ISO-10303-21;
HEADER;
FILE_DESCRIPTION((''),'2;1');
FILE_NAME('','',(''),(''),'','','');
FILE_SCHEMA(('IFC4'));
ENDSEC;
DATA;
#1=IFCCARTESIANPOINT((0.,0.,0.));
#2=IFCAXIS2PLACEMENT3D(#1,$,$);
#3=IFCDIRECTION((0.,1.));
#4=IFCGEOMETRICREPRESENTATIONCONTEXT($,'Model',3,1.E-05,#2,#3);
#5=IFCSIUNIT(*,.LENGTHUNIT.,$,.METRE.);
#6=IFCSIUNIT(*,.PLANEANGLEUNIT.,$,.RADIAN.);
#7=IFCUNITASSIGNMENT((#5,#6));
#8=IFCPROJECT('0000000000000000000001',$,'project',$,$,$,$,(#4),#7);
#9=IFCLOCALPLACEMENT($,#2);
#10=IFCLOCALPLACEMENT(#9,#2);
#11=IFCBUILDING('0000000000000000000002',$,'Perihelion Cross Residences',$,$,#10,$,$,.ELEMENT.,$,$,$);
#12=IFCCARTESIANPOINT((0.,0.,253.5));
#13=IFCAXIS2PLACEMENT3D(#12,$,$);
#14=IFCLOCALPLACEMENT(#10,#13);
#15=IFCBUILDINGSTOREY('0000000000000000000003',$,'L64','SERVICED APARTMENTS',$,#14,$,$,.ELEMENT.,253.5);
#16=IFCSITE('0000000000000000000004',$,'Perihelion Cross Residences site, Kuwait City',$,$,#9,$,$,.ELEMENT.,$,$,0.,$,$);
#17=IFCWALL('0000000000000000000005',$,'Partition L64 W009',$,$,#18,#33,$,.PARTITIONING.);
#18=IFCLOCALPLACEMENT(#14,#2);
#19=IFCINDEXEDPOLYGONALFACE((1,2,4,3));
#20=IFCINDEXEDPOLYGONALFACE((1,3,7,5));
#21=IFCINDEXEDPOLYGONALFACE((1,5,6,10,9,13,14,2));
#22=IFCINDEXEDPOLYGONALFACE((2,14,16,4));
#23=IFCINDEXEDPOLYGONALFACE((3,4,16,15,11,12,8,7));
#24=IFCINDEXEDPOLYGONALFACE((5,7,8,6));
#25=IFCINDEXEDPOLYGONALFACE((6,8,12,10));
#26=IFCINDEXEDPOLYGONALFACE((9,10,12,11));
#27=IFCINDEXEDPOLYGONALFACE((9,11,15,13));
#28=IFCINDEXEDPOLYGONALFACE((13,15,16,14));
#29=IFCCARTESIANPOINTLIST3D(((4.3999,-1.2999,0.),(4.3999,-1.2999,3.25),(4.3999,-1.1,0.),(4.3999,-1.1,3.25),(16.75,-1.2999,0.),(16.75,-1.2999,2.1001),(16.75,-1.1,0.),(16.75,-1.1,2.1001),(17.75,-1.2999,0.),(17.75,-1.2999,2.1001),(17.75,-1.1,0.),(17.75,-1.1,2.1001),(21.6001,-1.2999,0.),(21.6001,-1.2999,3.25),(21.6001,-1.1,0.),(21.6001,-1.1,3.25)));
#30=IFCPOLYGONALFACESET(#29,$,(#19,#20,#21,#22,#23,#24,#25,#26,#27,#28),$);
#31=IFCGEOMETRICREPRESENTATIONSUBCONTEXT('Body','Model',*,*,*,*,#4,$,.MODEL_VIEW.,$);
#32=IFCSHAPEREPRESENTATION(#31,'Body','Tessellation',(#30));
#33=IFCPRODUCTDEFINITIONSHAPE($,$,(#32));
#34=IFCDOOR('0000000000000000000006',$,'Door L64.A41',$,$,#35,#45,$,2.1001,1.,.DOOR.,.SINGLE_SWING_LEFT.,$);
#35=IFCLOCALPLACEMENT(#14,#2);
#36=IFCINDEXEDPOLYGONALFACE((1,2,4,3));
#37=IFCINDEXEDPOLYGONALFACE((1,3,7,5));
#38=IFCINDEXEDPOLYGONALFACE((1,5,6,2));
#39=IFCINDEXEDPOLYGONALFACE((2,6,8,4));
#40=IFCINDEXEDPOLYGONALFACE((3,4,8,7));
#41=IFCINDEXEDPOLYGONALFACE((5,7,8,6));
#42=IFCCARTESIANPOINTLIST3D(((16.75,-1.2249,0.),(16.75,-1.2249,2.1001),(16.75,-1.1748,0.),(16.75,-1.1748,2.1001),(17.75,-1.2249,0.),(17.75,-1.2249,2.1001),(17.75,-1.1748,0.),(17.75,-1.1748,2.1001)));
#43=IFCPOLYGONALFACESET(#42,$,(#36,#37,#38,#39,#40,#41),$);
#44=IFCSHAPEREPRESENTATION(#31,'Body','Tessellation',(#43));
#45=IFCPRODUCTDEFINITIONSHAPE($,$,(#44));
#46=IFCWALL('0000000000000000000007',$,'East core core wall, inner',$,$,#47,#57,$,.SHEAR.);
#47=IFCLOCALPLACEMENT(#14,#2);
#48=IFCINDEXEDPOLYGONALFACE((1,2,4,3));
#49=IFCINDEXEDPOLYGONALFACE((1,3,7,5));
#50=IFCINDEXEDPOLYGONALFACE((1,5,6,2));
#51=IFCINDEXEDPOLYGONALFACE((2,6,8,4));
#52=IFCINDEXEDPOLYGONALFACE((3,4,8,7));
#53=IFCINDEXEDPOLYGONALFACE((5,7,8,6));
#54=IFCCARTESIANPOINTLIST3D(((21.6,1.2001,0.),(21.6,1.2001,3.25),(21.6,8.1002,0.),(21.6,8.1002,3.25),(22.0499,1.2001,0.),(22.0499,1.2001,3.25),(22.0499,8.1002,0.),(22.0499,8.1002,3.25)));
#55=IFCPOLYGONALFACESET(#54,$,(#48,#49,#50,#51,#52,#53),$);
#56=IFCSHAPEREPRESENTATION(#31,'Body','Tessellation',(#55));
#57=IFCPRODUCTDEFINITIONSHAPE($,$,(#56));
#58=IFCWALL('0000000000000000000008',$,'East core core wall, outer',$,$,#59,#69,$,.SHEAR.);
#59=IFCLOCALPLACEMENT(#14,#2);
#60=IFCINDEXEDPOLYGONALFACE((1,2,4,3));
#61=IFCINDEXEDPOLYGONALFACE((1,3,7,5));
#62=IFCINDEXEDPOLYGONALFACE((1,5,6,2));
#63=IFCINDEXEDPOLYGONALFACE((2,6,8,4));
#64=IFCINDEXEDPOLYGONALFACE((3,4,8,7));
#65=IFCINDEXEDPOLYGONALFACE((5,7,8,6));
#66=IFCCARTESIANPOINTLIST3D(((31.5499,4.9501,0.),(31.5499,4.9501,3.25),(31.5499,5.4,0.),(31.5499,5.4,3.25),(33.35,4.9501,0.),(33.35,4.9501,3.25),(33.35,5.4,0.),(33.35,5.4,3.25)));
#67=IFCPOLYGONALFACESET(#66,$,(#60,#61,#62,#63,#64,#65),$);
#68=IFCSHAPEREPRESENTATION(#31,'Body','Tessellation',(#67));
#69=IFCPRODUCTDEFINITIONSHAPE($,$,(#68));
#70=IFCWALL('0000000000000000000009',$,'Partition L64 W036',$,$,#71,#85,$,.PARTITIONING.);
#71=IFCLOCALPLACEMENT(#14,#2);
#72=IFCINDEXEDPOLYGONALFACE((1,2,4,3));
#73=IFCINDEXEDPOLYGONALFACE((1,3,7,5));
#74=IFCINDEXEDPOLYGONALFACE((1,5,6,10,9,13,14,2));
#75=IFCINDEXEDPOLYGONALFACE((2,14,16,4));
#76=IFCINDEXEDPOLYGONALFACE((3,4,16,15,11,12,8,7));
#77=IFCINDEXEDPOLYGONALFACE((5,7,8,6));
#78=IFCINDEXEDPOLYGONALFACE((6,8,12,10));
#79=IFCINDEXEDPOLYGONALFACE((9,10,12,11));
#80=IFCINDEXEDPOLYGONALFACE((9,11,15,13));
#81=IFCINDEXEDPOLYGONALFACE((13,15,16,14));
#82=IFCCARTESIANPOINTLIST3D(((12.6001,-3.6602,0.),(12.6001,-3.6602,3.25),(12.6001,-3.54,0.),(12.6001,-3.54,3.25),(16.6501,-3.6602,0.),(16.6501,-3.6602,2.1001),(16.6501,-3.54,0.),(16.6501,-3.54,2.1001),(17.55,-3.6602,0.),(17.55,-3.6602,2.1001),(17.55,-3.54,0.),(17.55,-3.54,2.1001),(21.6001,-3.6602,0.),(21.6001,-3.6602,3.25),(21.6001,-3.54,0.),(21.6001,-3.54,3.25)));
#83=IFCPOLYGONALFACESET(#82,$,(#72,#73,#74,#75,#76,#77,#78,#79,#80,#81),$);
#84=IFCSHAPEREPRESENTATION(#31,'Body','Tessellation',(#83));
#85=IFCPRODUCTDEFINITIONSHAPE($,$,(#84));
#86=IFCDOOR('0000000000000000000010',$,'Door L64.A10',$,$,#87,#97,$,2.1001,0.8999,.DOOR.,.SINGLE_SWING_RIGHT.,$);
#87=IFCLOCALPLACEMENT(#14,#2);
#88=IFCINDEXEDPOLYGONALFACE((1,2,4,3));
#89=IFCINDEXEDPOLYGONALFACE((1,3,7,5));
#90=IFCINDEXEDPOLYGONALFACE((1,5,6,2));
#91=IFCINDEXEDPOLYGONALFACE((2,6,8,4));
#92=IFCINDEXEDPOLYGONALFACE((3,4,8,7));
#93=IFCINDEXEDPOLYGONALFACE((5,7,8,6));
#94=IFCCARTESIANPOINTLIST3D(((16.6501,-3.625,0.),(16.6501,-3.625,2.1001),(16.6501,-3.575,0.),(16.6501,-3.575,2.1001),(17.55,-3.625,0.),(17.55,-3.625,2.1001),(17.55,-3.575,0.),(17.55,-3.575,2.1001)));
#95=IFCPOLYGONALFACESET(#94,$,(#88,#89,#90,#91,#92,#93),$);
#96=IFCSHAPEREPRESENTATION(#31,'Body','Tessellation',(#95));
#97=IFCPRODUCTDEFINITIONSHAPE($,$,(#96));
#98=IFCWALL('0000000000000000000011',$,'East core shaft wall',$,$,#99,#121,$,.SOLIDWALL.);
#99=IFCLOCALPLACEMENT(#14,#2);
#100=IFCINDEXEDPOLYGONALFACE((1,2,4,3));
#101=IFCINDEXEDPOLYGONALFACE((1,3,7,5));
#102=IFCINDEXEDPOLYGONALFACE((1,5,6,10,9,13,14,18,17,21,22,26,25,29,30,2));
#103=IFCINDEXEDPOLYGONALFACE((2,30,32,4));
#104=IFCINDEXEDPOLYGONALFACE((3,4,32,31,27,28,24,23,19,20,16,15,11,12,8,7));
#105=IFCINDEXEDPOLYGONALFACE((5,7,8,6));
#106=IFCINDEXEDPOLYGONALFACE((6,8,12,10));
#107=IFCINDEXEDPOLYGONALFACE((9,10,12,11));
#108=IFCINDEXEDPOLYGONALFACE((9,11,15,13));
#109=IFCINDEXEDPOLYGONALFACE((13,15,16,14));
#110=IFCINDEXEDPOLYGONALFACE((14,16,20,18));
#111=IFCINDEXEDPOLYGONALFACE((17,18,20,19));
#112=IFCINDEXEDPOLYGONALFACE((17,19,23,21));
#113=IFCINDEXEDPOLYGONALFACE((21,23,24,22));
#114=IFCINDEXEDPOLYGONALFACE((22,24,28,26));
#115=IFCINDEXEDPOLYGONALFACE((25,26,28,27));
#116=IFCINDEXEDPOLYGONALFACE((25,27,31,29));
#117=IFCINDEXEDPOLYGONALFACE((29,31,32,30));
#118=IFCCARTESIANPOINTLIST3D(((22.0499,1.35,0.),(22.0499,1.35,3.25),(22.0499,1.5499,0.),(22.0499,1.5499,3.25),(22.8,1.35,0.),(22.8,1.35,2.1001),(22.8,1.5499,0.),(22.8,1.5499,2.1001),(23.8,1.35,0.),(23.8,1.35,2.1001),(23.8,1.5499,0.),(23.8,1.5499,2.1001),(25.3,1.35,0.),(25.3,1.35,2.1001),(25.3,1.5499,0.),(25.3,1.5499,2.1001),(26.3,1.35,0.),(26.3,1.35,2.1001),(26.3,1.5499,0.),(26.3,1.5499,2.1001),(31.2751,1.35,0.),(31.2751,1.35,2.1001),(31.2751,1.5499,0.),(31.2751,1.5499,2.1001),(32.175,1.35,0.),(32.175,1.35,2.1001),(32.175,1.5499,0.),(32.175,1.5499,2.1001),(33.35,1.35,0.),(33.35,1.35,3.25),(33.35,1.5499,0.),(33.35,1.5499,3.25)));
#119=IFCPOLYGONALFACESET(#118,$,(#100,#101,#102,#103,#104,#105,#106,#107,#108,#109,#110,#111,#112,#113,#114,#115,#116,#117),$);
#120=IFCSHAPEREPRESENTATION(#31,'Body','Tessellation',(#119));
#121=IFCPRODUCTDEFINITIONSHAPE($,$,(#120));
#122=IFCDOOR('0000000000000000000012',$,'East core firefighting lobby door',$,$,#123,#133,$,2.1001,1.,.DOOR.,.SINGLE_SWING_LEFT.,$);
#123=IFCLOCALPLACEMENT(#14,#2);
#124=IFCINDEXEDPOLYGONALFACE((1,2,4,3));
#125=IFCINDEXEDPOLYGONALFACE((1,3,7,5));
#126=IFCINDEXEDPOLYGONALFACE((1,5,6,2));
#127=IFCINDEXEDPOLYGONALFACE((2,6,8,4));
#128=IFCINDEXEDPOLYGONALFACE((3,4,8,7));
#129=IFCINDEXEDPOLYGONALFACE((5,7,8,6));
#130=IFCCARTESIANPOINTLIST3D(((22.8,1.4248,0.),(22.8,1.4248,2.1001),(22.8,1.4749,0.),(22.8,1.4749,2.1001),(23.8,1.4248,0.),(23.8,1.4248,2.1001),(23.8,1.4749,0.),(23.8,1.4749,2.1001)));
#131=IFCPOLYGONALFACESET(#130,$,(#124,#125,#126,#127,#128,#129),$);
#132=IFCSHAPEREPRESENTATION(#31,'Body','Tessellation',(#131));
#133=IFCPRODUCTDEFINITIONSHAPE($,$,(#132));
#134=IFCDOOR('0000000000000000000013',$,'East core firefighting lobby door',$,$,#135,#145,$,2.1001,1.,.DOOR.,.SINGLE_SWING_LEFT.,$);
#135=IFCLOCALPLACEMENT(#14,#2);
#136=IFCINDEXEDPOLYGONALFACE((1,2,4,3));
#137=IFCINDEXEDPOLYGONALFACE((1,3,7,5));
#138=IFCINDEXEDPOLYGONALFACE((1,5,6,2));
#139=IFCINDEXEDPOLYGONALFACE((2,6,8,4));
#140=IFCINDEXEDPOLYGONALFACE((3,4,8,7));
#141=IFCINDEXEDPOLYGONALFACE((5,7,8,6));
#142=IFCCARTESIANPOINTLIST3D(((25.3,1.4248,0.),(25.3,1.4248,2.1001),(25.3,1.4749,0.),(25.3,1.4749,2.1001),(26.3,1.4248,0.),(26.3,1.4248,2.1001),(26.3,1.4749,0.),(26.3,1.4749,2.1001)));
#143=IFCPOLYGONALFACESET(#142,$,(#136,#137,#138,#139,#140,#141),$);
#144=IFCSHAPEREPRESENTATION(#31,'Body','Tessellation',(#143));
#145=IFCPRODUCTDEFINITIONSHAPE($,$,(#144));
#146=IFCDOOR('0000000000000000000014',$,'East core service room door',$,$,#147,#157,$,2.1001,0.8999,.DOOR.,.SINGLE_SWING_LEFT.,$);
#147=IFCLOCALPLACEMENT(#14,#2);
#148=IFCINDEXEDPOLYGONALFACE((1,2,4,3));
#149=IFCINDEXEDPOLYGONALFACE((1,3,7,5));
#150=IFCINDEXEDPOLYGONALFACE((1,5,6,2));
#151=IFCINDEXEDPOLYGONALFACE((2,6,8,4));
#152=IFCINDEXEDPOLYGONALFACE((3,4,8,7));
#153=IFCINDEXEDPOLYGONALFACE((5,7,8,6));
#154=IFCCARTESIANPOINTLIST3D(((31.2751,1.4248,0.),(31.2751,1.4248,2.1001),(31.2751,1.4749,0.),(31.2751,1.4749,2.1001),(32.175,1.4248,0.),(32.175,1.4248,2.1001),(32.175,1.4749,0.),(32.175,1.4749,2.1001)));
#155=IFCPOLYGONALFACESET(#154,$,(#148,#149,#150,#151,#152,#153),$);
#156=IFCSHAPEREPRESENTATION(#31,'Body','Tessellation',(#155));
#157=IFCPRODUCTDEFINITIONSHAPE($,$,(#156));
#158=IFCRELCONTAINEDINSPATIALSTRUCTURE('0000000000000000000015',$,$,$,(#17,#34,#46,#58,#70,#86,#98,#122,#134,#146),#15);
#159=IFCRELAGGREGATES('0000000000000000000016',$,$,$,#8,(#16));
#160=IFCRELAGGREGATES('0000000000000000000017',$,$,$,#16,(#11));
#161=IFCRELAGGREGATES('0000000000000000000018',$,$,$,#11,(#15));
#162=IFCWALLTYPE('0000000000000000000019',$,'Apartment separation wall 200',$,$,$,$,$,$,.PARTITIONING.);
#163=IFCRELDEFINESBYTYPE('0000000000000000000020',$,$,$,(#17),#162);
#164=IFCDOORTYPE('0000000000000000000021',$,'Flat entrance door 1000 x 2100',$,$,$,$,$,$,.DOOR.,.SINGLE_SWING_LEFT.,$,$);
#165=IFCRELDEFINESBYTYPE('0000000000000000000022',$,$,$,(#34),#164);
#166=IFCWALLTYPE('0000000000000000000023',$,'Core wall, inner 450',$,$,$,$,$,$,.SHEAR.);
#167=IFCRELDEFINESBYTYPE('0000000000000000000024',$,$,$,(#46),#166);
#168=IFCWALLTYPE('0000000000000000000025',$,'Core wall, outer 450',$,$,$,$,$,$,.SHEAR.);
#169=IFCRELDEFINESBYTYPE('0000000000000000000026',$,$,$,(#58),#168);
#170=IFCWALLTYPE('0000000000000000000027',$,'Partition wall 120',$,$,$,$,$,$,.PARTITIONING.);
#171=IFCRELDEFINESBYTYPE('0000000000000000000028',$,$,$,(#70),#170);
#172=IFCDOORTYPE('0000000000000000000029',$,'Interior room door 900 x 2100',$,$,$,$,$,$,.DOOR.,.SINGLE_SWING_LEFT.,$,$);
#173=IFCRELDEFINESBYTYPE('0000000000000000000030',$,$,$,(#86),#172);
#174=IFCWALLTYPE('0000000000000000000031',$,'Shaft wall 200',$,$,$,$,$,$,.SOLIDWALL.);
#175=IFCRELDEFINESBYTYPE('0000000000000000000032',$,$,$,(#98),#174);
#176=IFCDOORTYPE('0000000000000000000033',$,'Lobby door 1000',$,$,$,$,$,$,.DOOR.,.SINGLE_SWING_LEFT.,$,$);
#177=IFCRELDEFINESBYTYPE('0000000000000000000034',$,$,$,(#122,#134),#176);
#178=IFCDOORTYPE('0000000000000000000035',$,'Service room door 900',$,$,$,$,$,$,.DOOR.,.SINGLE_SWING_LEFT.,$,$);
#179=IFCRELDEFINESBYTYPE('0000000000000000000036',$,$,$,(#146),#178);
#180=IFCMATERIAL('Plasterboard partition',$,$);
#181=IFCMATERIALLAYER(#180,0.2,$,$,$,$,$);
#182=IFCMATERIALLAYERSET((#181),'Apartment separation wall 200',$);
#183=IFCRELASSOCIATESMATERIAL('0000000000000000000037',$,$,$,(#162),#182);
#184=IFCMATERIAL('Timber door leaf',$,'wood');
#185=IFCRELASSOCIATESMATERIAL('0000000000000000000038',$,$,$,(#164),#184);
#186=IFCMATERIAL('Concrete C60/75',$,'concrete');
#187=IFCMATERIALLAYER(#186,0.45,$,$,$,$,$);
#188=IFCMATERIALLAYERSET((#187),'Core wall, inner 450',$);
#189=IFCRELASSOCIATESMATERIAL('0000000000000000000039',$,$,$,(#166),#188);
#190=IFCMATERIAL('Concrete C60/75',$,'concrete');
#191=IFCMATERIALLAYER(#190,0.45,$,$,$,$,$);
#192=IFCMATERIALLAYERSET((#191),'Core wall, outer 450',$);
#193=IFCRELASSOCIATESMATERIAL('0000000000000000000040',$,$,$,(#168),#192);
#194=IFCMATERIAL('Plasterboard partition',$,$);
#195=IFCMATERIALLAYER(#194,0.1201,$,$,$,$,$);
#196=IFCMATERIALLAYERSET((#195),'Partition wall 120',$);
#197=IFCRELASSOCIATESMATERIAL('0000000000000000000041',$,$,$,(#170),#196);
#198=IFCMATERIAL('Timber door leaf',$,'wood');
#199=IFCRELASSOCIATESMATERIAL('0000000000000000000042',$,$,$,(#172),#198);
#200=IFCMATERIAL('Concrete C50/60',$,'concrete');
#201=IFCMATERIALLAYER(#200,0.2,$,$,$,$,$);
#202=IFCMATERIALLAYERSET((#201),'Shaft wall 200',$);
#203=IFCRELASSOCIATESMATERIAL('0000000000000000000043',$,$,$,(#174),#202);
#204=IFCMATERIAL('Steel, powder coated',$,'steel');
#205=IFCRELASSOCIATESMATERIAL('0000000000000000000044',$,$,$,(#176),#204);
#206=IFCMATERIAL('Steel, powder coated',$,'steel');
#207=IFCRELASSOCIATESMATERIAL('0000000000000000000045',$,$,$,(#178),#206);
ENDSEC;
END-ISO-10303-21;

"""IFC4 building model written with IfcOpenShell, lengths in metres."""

from ifc_helpers import new_model, si_unit, direction, frame, frame_2d, origin, place, context, subcontext, project, spatial, rectangle, extrude, material, layer, layer_set, type_object, element, fill, save


model = new_model("IFC4")

# Units and contexts
model_context = context("Model", 3, precision=1e-05, world=origin(), true_north=direction((0.0, 1.0)))
body_context = subcontext(model_context, "Body", "Model", "MODEL_VIEW")
ifc_project = project(units=[si_unit("LENGTHUNIT", "METRE"), si_unit("PLANEANGLEUNIT", "RADIAN")], contexts=[model_context])

# Site, building, storey
site_placement = place(None, origin())
site = spatial("IfcSite", under=ifc_project, at=site_placement, Name="Perihelion Cross Residences site, Kuwait City", CompositionType="ELEMENT", RefElevation=0.0)
building_placement = place(site_placement, origin())
building = spatial("IfcBuilding", under=site, at=building_placement, Name="Perihelion Cross Residences", CompositionType="ELEMENT")
storey_placement = place(building_placement, frame((0.0, 0.0, 253.5)))
storey = spatial("IfcBuildingStorey", under=building, at=storey_placement, Name="L64", Description="SERVICED APARTMENTS", CompositionType="ELEMENT", Elevation=253.5)

# Wall, opening, door
ifc_material_1 = material(Name="Plasterboard partition")
ifc_layer_1 = layer(ifc_material_1, 0.2)
ifc_layer_set_1 = layer_set([ifc_layer_1], Name="Apartment separation wall 200")
wall_type_1 = type_object("IfcWallType", Name="Apartment separation wall 200", PredefinedType="PARTITIONING", material=ifc_layer_set_1)
wall_1_placement = place(storey_placement, frame((21.6001, -1.2, 0.0), z_axis=(0.0, 0.0, 1.0), x_axis=(-1.0, 0.0, 0.0)))
wall_1 = element("IfcWall", 1, at=wall_1_placement, inside=storey, type_object=wall_type_1, Name="Partition L64 W009", PredefinedType="PARTITIONING", context=body_context, shape_type="SweptSolid", body=[
    extrude(rectangle(XDim=17.2002, YDim=0.2, at=frame_2d((8.6001, 0.0))), origin(), (0.0, 0.0, 1.0), 3.25),
])
opening_1_placement = place(wall_1_placement, frame((3.8501, 0.0, 0.0)))
opening_1 = element("IfcOpeningElement", 2, at=opening_1_placement, cuts=wall_1, PredefinedType="OPENING", context=body_context, shape_type="SweptSolid", body=[
    extrude(rectangle(XDim=1.0, YDim=2.1001, at=frame_2d((0.5, 1.05))), frame((0.0, 0.1099, 0.0), z_axis=(0.0, -1.0, 0.0), x_axis=(1.0, 0.0, 0.0)), (0.0, 0.0, 1.0), 0.22),
])
ifc_material_2 = material(Name="Timber door leaf", Category="wood")
door_type_1 = type_object("IfcDoorType", Name="Flat entrance door 1000 x 2100", OperationType="SINGLE_SWING_LEFT", PredefinedType="DOOR", material=ifc_material_2)
door_1_placement = place(opening_1_placement, origin())
door_1 = element("IfcDoor", 3, at=door_1_placement, inside=storey, type_object=door_type_1, Name="Door L64.A41", OperationType="SINGLE_SWING_LEFT", OverallHeight=2.1001, OverallWidth=1.0, PredefinedType="DOOR", context=body_context, shape_type="SweptSolid", body=[
    extrude(rectangle(XDim=1.0, YDim=2.1001, at=frame_2d((0.5, 1.05))), frame((0.0, 0.0249, 0.0), z_axis=(0.0, -1.0, 0.0), x_axis=(1.0, 0.0, 0.0)), (0.0, 0.0, 1.0), 0.05),
])
fill(opening_1, door_1)

# Walls
ifc_material_3 = material(Name="Concrete C60/75", Category="concrete")
ifc_layer_2 = layer(ifc_material_3, 0.45)
ifc_layer_set_2 = layer_set([ifc_layer_2], Name="Core wall, inner 450")
wall_type_2 = type_object("IfcWallType", Name="Core wall, inner 450", PredefinedType="SHEAR", material=ifc_layer_set_2)
wall_2_placement = place(storey_placement, frame((21.825, 1.2, 0.0), z_axis=(0.0, 0.0, 1.0), x_axis=(0.0, 1.0, 0.0)))
element("IfcWall", 4, at=wall_2_placement, inside=storey, type_object=wall_type_2, Name="East core core wall, inner", PredefinedType="SHEAR", context=body_context, shape_type="SweptSolid", body=[
    extrude(rectangle(XDim=6.9001, YDim=0.45, at=frame_2d((3.4502, 0.0))), origin(), (0.0, 0.0, 1.0), 3.25),
])
ifc_material_4 = material(Name="Concrete C60/75", Category="concrete")
ifc_layer_3 = layer(ifc_material_4, 0.45)
ifc_layer_set_3 = layer_set([ifc_layer_3], Name="Core wall, outer 450")
wall_type_3 = type_object("IfcWallType", Name="Core wall, outer 450", PredefinedType="SHEAR", material=ifc_layer_set_3)
wall_3_placement = place(storey_placement, frame((31.55, 5.175, 0.0), z_axis=(0.0, 0.0, 1.0), x_axis=(1.0, 0.0, 0.0)))
element("IfcWall", 5, at=wall_3_placement, inside=storey, type_object=wall_type_3, Name="East core core wall, outer", PredefinedType="SHEAR", context=body_context, shape_type="SweptSolid", body=[
    extrude(rectangle(XDim=1.8, YDim=0.45, at=frame_2d((0.8999, 0.0))), origin(), (0.0, 0.0, 1.0), 3.25),
])

# Wall, opening, door
ifc_material_5 = material(Name="Plasterboard partition")
ifc_layer_4 = layer(ifc_material_5, 0.1201)
ifc_layer_set_4 = layer_set([ifc_layer_4], Name="Partition wall 120")
wall_type_4 = type_object("IfcWallType", Name="Partition wall 120", PredefinedType="PARTITIONING", material=ifc_layer_set_4)
wall_4_placement = place(storey_placement, frame((21.6001, -3.6001, 0.0), z_axis=(0.0, 0.0, 1.0), x_axis=(-1.0, 0.0, 0.0)))
wall_4 = element("IfcWall", 6, at=wall_4_placement, inside=storey, type_object=wall_type_4, Name="Partition L64 W036", PredefinedType="PARTITIONING", context=body_context, shape_type="SweptSolid", body=[
    extrude(rectangle(XDim=9.0, YDim=0.1201, at=frame_2d((4.5, 0.0))), origin(), (0.0, 0.0, 1.0), 3.25),
])
opening_2_placement = place(wall_4_placement, frame((4.05, 0.0, 0.0)))
opening_2 = element("IfcOpeningElement", 7, at=opening_2_placement, cuts=wall_4, PredefinedType="OPENING", context=body_context, shape_type="SweptSolid", body=[
    extrude(rectangle(XDim=0.8999, YDim=2.1001, at=frame_2d((0.45, 1.05))), frame((0.0, 0.0701, 0.0), z_axis=(0.0, -1.0, 0.0), x_axis=(1.0, 0.0, 0.0)), (0.0, 0.0, 1.0), 0.1401),
])
ifc_material_6 = material(Name="Timber door leaf", Category="wood")
door_type_2 = type_object("IfcDoorType", Name="Interior room door 900 x 2100", OperationType="SINGLE_SWING_LEFT", PredefinedType="DOOR", material=ifc_material_6)
door_2_placement = place(opening_2_placement, origin())
door_2 = element("IfcDoor", 8, at=door_2_placement, inside=storey, type_object=door_type_2, Name="Door L64.A10", OperationType="SINGLE_SWING_RIGHT", OverallHeight=2.1001, OverallWidth=0.8999, PredefinedType="DOOR", context=body_context, shape_type="SweptSolid", body=[
    extrude(rectangle(XDim=0.8999, YDim=2.1001, at=frame_2d((0.45, 1.05))), frame((0.0, 0.0249, 0.0), z_axis=(0.0, -1.0, 0.0), x_axis=(1.0, 0.0, 0.0)), (0.0, 0.0, 1.0), 0.05),
])
fill(opening_2, door_2)

# Wall, openings, doors
ifc_material_7 = material(Name="Concrete C50/60", Category="concrete")
ifc_layer_5 = layer(ifc_material_7, 0.2)
ifc_layer_set_5 = layer_set([ifc_layer_5], Name="Shaft wall 200")
wall_type_5 = type_object("IfcWallType", Name="Shaft wall 200", PredefinedType="SOLIDWALL", material=ifc_layer_set_5)
wall_5_placement = place(storey_placement, frame((22.05, 1.45, 0.0), z_axis=(0.0, 0.0, 1.0), x_axis=(1.0, 0.0, 0.0)))
wall_5 = element("IfcWall", 9, at=wall_5_placement, inside=storey, type_object=wall_type_5, Name="East core shaft wall", PredefinedType="SOLIDWALL", context=body_context, shape_type="SweptSolid", body=[
    extrude(rectangle(XDim=11.3, YDim=0.2, at=frame_2d((5.6499, 0.0))), origin(), (0.0, 0.0, 1.0), 3.25),
])
opening_3_placement = place(wall_5_placement, frame((0.75, 0.0, 0.0)))
opening_3 = element("IfcOpeningElement", 10, at=opening_3_placement, cuts=wall_5, PredefinedType="OPENING", context=body_context, shape_type="SweptSolid", body=[
    extrude(rectangle(XDim=1.0, YDim=2.1001, at=frame_2d((0.5, 1.05))), frame((0.0, 0.1099, 0.0), z_axis=(0.0, -1.0, 0.0), x_axis=(1.0, 0.0, 0.0)), (0.0, 0.0, 1.0), 0.22),
])
opening_4_placement = place(wall_5_placement, frame((3.25, 0.0, 0.0)))
opening_4 = element("IfcOpeningElement", 11, at=opening_4_placement, cuts=wall_5, PredefinedType="OPENING", context=body_context, shape_type="SweptSolid", body=[
    extrude(rectangle(XDim=1.0, YDim=2.1001, at=frame_2d((0.5, 1.05))), frame((0.0, 0.1099, 0.0), z_axis=(0.0, -1.0, 0.0), x_axis=(1.0, 0.0, 0.0)), (0.0, 0.0, 1.0), 0.22),
])
opening_5_placement = place(wall_5_placement, frame((9.2251, 0.0, 0.0)))
opening_5 = element("IfcOpeningElement", 12, at=opening_5_placement, cuts=wall_5, PredefinedType="OPENING", context=body_context, shape_type="SweptSolid", body=[
    extrude(rectangle(XDim=0.8999, YDim=2.1001, at=frame_2d((0.45, 1.05))), frame((0.0, 0.1099, 0.0), z_axis=(0.0, -1.0, 0.0), x_axis=(1.0, 0.0, 0.0)), (0.0, 0.0, 1.0), 0.22),
])
ifc_material_8 = material(Name="Steel, powder coated", Category="steel")
door_type_3 = type_object("IfcDoorType", Name="Lobby door 1000", OperationType="SINGLE_SWING_LEFT", PredefinedType="DOOR", material=ifc_material_8)
door_3_placement = place(opening_3_placement, origin())
door_3 = element("IfcDoor", 13, at=door_3_placement, inside=storey, type_object=door_type_3, Name="East core firefighting lobby door", OperationType="SINGLE_SWING_LEFT", OverallHeight=2.1001, OverallWidth=1.0, PredefinedType="DOOR", context=body_context, shape_type="SweptSolid", body=[
    extrude(rectangle(XDim=1.0, YDim=2.1001, at=frame_2d((0.5, 1.05))), frame((0.0, 0.0249, 0.0), z_axis=(0.0, -1.0, 0.0), x_axis=(1.0, 0.0, 0.0)), (0.0, 0.0, 1.0), 0.05),
])
fill(opening_3, door_3)
door_4_placement = place(opening_4_placement, origin())
door_4 = element("IfcDoor", 14, at=door_4_placement, inside=storey, type_object=door_type_3, Name="East core firefighting lobby door", OperationType="SINGLE_SWING_LEFT", OverallHeight=2.1001, OverallWidth=1.0, PredefinedType="DOOR", context=body_context, shape_type="SweptSolid", body=[
    extrude(rectangle(XDim=1.0, YDim=2.1001, at=frame_2d((0.5, 1.05))), frame((0.0, 0.0249, 0.0), z_axis=(0.0, -1.0, 0.0), x_axis=(1.0, 0.0, 0.0)), (0.0, 0.0, 1.0), 0.05),
])
fill(opening_4, door_4)
ifc_material_9 = material(Name="Steel, powder coated", Category="steel")
door_type_4 = type_object("IfcDoorType", Name="Service room door 900", OperationType="SINGLE_SWING_LEFT", PredefinedType="DOOR", material=ifc_material_9)
door_5_placement = place(opening_5_placement, origin())
door_5 = element("IfcDoor", 15, at=door_5_placement, inside=storey, type_object=door_type_4, Name="East core service room door", OperationType="SINGLE_SWING_LEFT", OverallHeight=2.1001, OverallWidth=0.8999, PredefinedType="DOOR", context=body_context, shape_type="SweptSolid", body=[
    extrude(rectangle(XDim=0.8999, YDim=2.1001, at=frame_2d((0.45, 1.05))), frame((0.0, 0.0249, 0.0), z_axis=(0.0, -1.0, 0.0), x_axis=(1.0, 0.0, 0.0)), (0.0, 0.0, 1.0), 0.05),
])
fill(opening_5, door_5)

save(model, "model.ifc")
